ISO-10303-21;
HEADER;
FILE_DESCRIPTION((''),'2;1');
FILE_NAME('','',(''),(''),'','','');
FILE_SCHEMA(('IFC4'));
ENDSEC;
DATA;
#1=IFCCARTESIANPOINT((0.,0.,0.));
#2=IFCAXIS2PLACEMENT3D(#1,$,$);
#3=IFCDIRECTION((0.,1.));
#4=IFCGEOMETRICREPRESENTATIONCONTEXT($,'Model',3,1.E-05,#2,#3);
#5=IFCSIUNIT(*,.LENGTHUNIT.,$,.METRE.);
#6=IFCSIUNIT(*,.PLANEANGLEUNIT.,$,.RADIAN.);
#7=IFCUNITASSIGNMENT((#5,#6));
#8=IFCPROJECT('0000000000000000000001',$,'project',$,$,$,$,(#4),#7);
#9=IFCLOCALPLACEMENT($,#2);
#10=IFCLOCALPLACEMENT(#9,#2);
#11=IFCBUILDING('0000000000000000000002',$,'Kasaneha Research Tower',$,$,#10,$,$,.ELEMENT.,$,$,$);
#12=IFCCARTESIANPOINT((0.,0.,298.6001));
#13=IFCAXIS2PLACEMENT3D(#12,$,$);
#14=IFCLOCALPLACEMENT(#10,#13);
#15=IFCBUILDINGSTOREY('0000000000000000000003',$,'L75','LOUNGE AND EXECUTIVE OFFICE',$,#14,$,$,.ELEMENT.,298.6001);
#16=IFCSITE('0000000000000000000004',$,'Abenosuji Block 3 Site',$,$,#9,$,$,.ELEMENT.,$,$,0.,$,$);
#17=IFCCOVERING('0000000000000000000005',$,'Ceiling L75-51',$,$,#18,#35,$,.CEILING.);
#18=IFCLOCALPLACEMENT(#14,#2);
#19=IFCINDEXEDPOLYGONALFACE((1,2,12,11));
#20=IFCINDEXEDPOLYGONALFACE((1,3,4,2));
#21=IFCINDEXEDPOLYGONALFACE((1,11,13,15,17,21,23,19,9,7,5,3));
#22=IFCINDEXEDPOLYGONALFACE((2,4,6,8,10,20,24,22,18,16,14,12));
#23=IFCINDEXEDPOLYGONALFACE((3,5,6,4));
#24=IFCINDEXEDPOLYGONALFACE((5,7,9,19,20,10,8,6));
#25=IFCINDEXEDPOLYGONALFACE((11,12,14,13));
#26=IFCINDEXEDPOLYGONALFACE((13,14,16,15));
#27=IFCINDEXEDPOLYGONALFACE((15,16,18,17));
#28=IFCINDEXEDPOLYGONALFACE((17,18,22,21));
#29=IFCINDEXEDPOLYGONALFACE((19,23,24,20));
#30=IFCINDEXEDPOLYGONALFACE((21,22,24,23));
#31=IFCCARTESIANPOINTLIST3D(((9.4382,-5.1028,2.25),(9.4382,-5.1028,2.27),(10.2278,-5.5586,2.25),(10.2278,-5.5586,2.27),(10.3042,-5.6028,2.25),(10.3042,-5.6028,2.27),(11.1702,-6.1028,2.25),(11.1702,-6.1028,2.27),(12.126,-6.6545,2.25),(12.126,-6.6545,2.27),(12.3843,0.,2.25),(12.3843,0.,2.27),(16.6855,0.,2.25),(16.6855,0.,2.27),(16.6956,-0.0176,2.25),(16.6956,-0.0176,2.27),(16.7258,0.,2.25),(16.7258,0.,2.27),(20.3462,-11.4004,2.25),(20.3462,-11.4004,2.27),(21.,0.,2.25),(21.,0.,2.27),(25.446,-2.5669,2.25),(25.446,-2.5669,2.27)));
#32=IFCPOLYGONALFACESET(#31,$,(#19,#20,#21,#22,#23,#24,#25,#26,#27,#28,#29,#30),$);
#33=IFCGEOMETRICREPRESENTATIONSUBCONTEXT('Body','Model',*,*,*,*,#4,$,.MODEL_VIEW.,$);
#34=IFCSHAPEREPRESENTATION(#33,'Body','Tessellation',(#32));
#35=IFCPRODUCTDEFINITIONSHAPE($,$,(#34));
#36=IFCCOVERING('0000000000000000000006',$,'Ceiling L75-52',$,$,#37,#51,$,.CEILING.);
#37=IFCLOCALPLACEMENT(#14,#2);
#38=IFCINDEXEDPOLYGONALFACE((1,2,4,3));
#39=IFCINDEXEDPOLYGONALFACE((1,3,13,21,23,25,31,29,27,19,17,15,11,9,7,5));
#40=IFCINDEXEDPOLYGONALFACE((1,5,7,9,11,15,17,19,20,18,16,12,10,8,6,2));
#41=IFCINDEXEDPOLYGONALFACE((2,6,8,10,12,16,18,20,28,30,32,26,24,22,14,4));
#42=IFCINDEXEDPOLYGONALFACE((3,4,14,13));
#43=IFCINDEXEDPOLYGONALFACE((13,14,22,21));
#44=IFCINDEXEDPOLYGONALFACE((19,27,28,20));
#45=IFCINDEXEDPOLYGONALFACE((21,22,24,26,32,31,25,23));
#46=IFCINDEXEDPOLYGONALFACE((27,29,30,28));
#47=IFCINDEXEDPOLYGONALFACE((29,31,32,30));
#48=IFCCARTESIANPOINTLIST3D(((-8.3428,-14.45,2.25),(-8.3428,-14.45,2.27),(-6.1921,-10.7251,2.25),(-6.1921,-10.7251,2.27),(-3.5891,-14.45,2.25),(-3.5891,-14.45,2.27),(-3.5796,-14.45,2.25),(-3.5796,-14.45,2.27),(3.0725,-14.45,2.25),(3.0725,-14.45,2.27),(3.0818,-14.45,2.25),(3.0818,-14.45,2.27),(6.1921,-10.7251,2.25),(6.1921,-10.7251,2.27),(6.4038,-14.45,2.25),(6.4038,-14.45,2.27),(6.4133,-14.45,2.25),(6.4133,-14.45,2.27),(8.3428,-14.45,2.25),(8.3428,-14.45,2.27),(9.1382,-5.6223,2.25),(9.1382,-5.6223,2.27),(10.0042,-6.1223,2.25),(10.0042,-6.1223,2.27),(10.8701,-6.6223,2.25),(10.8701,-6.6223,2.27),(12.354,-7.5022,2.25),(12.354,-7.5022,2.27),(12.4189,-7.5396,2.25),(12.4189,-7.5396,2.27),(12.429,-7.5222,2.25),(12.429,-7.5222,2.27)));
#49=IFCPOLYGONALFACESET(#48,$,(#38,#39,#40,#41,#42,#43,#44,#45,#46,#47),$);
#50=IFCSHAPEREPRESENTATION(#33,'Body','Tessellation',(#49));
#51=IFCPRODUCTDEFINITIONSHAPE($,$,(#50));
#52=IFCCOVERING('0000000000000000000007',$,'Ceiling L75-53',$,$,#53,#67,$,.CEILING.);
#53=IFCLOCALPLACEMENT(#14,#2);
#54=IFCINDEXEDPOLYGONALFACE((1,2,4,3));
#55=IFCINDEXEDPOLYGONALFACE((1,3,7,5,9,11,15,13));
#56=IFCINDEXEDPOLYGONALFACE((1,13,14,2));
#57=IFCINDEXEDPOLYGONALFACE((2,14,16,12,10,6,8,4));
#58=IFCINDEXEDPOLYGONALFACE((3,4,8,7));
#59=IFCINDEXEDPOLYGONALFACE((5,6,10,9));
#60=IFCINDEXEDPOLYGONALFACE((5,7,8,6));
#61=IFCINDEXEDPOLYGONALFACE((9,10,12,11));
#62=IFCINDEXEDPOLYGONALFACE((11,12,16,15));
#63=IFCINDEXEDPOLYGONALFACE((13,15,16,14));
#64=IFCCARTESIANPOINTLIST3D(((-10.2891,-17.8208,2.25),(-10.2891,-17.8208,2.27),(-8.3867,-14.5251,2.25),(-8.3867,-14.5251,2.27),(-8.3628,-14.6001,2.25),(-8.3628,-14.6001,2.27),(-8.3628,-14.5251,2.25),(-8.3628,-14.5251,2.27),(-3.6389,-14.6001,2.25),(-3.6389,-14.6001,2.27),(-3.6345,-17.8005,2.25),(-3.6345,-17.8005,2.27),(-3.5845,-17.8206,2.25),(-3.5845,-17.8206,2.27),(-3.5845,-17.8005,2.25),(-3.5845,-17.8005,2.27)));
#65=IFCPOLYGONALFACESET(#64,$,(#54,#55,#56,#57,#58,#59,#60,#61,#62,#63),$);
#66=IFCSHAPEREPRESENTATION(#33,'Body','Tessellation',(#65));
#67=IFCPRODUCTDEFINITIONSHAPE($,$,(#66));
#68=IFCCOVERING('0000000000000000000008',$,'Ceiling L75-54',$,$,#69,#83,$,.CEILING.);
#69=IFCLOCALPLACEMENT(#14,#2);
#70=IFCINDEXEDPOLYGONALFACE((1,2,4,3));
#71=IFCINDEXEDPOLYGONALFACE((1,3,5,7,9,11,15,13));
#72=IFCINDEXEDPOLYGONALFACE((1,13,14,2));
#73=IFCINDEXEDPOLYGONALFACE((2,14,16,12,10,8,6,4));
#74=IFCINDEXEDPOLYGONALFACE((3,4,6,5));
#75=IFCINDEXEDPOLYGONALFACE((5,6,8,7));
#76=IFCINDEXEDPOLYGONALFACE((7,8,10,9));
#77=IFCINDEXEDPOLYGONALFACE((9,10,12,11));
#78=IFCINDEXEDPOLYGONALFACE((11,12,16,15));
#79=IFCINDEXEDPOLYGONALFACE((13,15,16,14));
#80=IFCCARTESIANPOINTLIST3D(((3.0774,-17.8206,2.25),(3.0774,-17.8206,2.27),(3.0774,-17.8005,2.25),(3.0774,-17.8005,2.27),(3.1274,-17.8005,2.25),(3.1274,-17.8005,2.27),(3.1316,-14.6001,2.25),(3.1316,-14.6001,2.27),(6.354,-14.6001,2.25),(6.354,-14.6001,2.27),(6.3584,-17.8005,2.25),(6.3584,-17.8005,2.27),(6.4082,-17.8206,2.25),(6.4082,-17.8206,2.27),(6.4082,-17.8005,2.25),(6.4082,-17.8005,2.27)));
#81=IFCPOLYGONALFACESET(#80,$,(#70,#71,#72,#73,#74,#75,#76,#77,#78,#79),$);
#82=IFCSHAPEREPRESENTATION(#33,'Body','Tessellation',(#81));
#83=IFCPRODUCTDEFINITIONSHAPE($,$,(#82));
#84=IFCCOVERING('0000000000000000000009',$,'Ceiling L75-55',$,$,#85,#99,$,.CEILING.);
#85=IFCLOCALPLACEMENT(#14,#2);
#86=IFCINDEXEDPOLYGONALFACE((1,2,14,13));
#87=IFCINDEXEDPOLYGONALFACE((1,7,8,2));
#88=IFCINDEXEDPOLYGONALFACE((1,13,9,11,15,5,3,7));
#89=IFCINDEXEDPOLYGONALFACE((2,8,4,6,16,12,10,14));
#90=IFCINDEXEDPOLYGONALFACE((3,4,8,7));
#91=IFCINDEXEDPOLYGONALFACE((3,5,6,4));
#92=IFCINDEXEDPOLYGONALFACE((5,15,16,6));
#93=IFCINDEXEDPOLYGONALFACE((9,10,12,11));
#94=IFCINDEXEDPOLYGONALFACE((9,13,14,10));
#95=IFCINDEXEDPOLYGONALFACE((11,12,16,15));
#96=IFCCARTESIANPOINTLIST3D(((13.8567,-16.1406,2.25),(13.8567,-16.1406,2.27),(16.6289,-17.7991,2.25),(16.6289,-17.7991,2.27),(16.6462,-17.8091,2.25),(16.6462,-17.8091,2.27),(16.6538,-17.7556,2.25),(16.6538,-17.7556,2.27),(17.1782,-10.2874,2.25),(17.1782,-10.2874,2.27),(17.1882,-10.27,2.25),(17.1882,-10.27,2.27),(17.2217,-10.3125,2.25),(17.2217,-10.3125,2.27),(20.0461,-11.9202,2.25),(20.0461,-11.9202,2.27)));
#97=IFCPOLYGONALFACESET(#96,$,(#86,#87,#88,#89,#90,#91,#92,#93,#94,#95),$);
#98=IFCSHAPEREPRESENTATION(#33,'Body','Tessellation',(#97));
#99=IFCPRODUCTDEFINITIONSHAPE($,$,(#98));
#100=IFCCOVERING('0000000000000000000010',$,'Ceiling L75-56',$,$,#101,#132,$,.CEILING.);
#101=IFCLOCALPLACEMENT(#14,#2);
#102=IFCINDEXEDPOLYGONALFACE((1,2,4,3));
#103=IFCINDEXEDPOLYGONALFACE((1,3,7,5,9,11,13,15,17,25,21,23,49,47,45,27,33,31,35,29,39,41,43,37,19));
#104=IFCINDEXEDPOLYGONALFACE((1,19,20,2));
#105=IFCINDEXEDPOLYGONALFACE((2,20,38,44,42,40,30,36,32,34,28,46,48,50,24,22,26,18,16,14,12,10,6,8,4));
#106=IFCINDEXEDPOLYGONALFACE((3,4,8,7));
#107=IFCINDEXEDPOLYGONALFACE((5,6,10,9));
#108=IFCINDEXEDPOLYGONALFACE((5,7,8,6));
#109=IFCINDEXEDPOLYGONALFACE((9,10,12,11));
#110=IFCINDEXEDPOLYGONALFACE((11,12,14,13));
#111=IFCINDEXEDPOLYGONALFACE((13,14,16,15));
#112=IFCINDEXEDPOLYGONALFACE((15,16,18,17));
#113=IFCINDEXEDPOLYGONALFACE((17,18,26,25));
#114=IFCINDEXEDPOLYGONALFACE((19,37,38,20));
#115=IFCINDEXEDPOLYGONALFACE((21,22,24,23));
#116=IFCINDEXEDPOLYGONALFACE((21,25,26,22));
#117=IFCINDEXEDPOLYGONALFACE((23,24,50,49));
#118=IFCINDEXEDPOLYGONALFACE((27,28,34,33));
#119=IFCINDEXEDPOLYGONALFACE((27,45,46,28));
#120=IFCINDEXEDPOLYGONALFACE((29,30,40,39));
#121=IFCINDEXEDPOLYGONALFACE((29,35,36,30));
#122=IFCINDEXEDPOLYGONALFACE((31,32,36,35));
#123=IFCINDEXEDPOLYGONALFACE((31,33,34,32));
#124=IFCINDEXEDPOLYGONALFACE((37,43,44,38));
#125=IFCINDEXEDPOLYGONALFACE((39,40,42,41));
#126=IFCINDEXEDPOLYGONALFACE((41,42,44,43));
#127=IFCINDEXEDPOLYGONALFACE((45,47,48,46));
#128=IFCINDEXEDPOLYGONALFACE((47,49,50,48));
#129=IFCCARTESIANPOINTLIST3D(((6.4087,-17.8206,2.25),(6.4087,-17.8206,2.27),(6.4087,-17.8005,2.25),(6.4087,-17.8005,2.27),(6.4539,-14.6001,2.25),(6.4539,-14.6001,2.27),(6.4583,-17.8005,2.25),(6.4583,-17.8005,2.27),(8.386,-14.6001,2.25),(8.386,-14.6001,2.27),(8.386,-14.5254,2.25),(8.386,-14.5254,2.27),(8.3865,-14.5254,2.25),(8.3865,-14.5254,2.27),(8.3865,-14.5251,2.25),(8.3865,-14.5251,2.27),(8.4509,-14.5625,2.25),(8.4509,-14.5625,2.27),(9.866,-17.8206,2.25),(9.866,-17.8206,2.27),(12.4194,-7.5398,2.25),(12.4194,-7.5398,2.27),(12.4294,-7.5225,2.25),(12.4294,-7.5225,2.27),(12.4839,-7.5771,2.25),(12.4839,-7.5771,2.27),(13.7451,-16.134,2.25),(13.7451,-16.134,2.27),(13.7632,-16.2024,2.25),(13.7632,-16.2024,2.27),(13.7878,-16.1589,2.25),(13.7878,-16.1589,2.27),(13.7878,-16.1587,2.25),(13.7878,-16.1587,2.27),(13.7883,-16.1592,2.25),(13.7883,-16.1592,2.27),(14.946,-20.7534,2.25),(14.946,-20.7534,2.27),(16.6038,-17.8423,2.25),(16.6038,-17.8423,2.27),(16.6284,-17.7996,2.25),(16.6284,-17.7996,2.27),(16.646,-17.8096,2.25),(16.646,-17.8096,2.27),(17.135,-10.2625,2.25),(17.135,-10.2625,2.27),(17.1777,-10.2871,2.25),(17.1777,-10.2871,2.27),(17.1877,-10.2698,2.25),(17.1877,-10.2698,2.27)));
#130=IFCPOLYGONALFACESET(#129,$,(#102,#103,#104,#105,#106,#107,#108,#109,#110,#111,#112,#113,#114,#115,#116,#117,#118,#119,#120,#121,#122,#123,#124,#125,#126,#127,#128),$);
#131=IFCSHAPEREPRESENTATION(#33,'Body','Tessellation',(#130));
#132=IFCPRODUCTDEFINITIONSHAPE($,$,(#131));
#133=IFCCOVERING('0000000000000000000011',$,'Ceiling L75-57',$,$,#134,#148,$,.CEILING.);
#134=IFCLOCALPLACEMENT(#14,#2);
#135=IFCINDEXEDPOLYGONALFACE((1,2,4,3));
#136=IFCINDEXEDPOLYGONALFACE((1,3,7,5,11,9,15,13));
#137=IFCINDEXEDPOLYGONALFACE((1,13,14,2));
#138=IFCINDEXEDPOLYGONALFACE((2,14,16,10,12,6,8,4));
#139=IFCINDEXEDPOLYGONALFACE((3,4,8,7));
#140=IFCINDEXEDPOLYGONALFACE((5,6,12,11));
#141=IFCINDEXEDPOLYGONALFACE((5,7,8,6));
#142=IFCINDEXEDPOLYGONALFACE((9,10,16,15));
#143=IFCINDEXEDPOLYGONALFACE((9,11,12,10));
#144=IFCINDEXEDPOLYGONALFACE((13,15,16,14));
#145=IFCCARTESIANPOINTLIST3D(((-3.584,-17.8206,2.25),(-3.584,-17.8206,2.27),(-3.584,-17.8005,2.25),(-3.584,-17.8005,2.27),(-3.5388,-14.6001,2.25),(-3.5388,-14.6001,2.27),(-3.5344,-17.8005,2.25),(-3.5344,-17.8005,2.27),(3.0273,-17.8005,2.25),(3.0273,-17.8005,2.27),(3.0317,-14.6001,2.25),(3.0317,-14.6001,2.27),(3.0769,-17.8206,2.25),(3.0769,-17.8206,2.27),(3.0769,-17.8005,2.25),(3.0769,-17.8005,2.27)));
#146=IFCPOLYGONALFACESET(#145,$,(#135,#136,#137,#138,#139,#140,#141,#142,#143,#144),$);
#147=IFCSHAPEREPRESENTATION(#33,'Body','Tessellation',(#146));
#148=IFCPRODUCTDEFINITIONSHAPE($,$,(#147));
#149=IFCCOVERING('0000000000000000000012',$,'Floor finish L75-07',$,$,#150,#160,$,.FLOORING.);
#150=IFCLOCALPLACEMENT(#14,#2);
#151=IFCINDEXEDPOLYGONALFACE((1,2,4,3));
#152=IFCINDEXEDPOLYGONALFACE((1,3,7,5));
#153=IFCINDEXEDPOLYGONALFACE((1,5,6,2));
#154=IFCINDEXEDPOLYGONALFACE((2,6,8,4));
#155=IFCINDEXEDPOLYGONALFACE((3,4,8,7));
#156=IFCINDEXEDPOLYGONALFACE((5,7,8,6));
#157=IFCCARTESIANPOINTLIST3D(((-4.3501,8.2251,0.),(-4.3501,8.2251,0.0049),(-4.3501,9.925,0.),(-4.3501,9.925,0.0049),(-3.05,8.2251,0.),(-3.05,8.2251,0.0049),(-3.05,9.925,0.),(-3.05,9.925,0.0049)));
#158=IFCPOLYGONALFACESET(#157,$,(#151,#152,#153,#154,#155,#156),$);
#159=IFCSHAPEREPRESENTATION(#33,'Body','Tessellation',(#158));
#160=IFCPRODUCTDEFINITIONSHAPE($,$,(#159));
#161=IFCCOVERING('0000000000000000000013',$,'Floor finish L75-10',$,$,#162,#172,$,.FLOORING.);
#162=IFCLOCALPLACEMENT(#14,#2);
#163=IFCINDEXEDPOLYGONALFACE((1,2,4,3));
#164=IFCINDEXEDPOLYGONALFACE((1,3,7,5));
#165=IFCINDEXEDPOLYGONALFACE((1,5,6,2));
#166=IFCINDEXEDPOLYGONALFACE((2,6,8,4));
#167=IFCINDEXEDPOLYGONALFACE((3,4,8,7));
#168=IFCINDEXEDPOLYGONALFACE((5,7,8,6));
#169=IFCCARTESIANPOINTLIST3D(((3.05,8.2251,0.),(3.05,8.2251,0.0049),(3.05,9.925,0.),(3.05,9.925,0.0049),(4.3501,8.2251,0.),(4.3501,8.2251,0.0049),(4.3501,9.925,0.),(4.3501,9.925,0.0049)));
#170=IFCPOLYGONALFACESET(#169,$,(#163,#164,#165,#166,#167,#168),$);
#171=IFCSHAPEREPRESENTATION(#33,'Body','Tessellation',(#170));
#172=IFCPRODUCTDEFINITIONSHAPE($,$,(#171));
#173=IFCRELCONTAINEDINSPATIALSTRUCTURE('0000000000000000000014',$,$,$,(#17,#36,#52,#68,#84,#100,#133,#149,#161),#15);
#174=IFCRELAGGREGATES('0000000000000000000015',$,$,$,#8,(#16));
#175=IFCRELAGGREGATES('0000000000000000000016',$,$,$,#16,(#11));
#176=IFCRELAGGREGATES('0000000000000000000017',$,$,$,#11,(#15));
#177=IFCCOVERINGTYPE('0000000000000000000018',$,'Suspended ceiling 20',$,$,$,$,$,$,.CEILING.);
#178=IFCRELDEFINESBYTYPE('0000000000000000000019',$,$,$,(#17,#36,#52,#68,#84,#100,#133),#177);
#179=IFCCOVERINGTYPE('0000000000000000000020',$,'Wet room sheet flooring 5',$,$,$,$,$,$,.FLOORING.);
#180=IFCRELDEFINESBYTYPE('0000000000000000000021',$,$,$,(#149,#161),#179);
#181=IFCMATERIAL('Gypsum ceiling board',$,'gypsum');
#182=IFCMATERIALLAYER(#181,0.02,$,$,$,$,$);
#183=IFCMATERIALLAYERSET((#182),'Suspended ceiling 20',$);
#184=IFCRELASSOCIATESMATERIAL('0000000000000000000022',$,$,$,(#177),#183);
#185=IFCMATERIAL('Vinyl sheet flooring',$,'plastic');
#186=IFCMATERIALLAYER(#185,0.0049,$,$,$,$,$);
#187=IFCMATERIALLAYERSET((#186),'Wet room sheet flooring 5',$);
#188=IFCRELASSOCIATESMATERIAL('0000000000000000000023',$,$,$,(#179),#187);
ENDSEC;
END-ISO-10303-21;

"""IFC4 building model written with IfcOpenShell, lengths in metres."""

from ifc_helpers import new_model, si_unit, direction, frame, origin, place, context, subcontext, project, spatial, polyline, outline, extrude, material, layer, layer_set, type_object, element, save


model = new_model("IFC4")

# Units and contexts
model_context = context("Model", 3, precision=1e-05, world=origin(), true_north=direction((0.0, 1.0)))
body_context = subcontext(model_context, "Body", "Model", "MODEL_VIEW")
ifc_project = project(units=[si_unit("LENGTHUNIT", "METRE"), si_unit("PLANEANGLEUNIT", "RADIAN")], contexts=[model_context])

# Site, building, storey
site_placement = place(None, origin())
site = spatial("IfcSite", under=ifc_project, at=site_placement, Name="Abenosuji Block 3 Site", CompositionType="ELEMENT", RefElevation=0.0)
building_placement = place(site_placement, origin())
building = spatial("IfcBuilding", under=site, at=building_placement, Name="Kasaneha Research Tower", CompositionType="ELEMENT")
storey_placement = place(building_placement, frame((0.0, 0.0, 298.6001)))
storey = spatial("IfcBuildingStorey", under=building, at=storey_placement, Name="L75", Description="LOUNGE AND EXECUTIVE OFFICE", CompositionType="ELEMENT", Elevation=298.6001)

# Coverings
ifc_material_1 = material(Name="Gypsum ceiling board", Category="gypsum")
ifc_layer_1 = layer(ifc_material_1, 0.02)
ifc_layer_set_1 = layer_set([ifc_layer_1], Name="Suspended ceiling 20")
covering_type_1 = type_object("IfcCoveringType", Name="Suspended ceiling 20", PredefinedType="CEILING", material=ifc_layer_set_1)
covering_1_placement = place(storey_placement, frame((0.0, 0.0, 2.25)))
element("IfcCovering", 1, at=covering_1_placement, inside=storey, type_object=covering_type_1, Name="Ceiling L75-51", PredefinedType="CEILING", context=body_context, shape_type="SweptSolid", body=[
    extrude(outline(polyline([(11.1702, -6.1028), (10.3042, -5.6028), (10.2278, -5.5586), (9.4382, -5.1028), (12.3843, 0.0), (16.6855, 0.0), (16.6956, -0.0176), (16.7258, 0.0), (21.0, 0.0), (25.446, -2.5669), (20.3462, -11.4004), (12.126, -6.6545), (11.1702, -6.1028)])), origin(), (0.0, 0.0, 1.0), 0.02),
])
covering_2_placement = place(storey_placement, frame((0.0, 0.0, 2.25)))
element("IfcCovering", 2, at=covering_2_placement, inside=storey, type_object=covering_type_1, Name="Ceiling L75-52", PredefinedType="CEILING", context=body_context, shape_type="SweptSolid", body=[
    extrude(outline(polyline([(-6.1921, -10.7251), (6.1921, -10.7251), (9.1382, -5.6223), (10.0042, -6.1223), (10.0042, -6.1223), (10.8701, -6.6223), (10.8701, -6.6223), (12.429, -7.5222), (12.4189, -7.5396), (12.354, -7.5022), (8.3428, -14.45), (6.4133, -14.45), (6.4038, -14.45), (3.0818, -14.45), (3.0725, -14.45), (-3.5796, -14.45), (-3.5891, -14.45), (-8.3428, -14.45), (-6.1921, -10.7251)])), origin(), (0.0, 0.0, 1.0), 0.02),
])
covering_3_placement = place(storey_placement, frame((0.0, 0.0, 2.25)))
element("IfcCovering", 3, at=covering_3_placement, inside=storey, type_object=covering_type_1, Name="Ceiling L75-53", PredefinedType="CEILING", context=body_context, shape_type="SweptSolid", body=[
    extrude(outline(polyline([(-8.3867, -14.5251), (-8.3628, -14.5251), (-8.3628, -14.6001), (-3.6389, -14.6001), (-3.6345, -17.8005), (-3.5845, -17.8005), (-3.5845, -17.8206), (-10.2891, -17.8208), (-8.3867, -14.5251)])), origin(), (0.0, 0.0, 1.0), 0.02),
])
covering_4_placement = place(storey_placement, frame((0.0, 0.0, 2.25)))
element("IfcCovering", 4, at=covering_4_placement, inside=storey, type_object=covering_type_1, Name="Ceiling L75-54", PredefinedType="CEILING", context=body_context, shape_type="SweptSolid", body=[
    extrude(outline(polyline([(3.0774, -17.8005), (3.1274, -17.8005), (3.1316, -14.6001), (6.354, -14.6001), (6.3584, -17.8005), (6.4082, -17.8005), (6.4082, -17.8206), (3.0774, -17.8206), (3.0774, -17.8005)])), origin(), (0.0, 0.0, 1.0), 0.02),
])
covering_5_placement = place(storey_placement, frame((0.0, 0.0, 2.25)))
element("IfcCovering", 5, at=covering_5_placement, inside=storey, type_object=covering_type_1, Name="Ceiling L75-55", PredefinedType="CEILING", context=body_context, shape_type="SweptSolid", body=[
    extrude(outline(polyline([(16.6462, -17.8091), (16.6289, -17.7991), (16.6538, -17.7556), (13.8567, -16.1406), (17.2217, -10.3125), (17.1782, -10.2874), (17.1882, -10.27), (20.0461, -11.9202), (16.6462, -17.8091)])), origin(), (0.0, 0.0, 1.0), 0.02),
])
covering_6_placement = place(storey_placement, frame((0.0, 0.0, 2.25)))
element("IfcCovering", 6, at=covering_6_placement, inside=storey, type_object=covering_type_1, Name="Ceiling L75-56", PredefinedType="CEILING", context=body_context, shape_type="SweptSolid", body=[
    extrude(outline(polyline([(13.7883, -16.1592), (13.7632, -16.2024), (16.6038, -17.8423), (16.6284, -17.7996), (16.646, -17.8096), (14.946, -20.7534), (9.866, -17.8206), (6.4087, -17.8206), (6.4087, -17.8005), (6.4583, -17.8005), (6.4539, -14.6001), (8.386, -14.6001), (8.386, -14.5254), (8.3865, -14.5254), (8.3865, -14.5251), (8.4509, -14.5625), (12.4839, -7.5771), (12.4194, -7.5398), (12.4294, -7.5225), (17.1877, -10.2698), (17.1777, -10.2871), (17.135, -10.2625), (13.7451, -16.134), (13.7878, -16.1587), (13.7878, -16.1589), (13.7883, -16.1592)])), origin(), (0.0, 0.0, 1.0), 0.02),
])
covering_7_placement = place(storey_placement, frame((0.0, 0.0, 2.25)))
element("IfcCovering", 7, at=covering_7_placement, inside=storey, type_object=covering_type_1, Name="Ceiling L75-57", PredefinedType="CEILING", context=body_context, shape_type="SweptSolid", body=[
    extrude(outline(polyline([(3.0769, -17.8206), (-3.584, -17.8206), (-3.584, -17.8005), (-3.5344, -17.8005), (-3.5388, -14.6001), (3.0317, -14.6001), (3.0273, -17.8005), (3.0769, -17.8005), (3.0769, -17.8206)])), origin(), (0.0, 0.0, 1.0), 0.02),
])
ifc_material_2 = material(Name="Vinyl sheet flooring", Category="plastic")
ifc_layer_2 = layer(ifc_material_2, 0.0049)
ifc_layer_set_2 = layer_set([ifc_layer_2], Name="Wet room sheet flooring 5")
covering_type_2 = type_object("IfcCoveringType", Name="Wet room sheet flooring 5", PredefinedType="FLOORING", material=ifc_layer_set_2)
covering_8_placement = place(storey_placement, origin())
element("IfcCovering", 8, at=covering_8_placement, inside=storey, type_object=covering_type_2, Name="Floor finish L75-07", PredefinedType="FLOORING", context=body_context, shape_type="SweptSolid", body=[
    extrude(outline(polyline([(-4.3501, 8.2251), (-4.3501, 9.925), (-3.05, 9.925), (-3.05, 8.2251), (-4.3501, 8.2251)])), origin(), (0.0, 0.0, 1.0), 0.0049),
])
covering_9_placement = place(storey_placement, origin())
element("IfcCovering", 9, at=covering_9_placement, inside=storey, type_object=covering_type_2, Name="Floor finish L75-10", PredefinedType="FLOORING", context=body_context, shape_type="SweptSolid", body=[
    extrude(outline(polyline([(4.3501, 8.2251), (3.05, 8.2251), (3.05, 9.925), (4.3501, 9.925), (4.3501, 8.2251)])), origin(), (0.0, 0.0, 1.0), 0.0049),
])

save(model, "model.ifc")
